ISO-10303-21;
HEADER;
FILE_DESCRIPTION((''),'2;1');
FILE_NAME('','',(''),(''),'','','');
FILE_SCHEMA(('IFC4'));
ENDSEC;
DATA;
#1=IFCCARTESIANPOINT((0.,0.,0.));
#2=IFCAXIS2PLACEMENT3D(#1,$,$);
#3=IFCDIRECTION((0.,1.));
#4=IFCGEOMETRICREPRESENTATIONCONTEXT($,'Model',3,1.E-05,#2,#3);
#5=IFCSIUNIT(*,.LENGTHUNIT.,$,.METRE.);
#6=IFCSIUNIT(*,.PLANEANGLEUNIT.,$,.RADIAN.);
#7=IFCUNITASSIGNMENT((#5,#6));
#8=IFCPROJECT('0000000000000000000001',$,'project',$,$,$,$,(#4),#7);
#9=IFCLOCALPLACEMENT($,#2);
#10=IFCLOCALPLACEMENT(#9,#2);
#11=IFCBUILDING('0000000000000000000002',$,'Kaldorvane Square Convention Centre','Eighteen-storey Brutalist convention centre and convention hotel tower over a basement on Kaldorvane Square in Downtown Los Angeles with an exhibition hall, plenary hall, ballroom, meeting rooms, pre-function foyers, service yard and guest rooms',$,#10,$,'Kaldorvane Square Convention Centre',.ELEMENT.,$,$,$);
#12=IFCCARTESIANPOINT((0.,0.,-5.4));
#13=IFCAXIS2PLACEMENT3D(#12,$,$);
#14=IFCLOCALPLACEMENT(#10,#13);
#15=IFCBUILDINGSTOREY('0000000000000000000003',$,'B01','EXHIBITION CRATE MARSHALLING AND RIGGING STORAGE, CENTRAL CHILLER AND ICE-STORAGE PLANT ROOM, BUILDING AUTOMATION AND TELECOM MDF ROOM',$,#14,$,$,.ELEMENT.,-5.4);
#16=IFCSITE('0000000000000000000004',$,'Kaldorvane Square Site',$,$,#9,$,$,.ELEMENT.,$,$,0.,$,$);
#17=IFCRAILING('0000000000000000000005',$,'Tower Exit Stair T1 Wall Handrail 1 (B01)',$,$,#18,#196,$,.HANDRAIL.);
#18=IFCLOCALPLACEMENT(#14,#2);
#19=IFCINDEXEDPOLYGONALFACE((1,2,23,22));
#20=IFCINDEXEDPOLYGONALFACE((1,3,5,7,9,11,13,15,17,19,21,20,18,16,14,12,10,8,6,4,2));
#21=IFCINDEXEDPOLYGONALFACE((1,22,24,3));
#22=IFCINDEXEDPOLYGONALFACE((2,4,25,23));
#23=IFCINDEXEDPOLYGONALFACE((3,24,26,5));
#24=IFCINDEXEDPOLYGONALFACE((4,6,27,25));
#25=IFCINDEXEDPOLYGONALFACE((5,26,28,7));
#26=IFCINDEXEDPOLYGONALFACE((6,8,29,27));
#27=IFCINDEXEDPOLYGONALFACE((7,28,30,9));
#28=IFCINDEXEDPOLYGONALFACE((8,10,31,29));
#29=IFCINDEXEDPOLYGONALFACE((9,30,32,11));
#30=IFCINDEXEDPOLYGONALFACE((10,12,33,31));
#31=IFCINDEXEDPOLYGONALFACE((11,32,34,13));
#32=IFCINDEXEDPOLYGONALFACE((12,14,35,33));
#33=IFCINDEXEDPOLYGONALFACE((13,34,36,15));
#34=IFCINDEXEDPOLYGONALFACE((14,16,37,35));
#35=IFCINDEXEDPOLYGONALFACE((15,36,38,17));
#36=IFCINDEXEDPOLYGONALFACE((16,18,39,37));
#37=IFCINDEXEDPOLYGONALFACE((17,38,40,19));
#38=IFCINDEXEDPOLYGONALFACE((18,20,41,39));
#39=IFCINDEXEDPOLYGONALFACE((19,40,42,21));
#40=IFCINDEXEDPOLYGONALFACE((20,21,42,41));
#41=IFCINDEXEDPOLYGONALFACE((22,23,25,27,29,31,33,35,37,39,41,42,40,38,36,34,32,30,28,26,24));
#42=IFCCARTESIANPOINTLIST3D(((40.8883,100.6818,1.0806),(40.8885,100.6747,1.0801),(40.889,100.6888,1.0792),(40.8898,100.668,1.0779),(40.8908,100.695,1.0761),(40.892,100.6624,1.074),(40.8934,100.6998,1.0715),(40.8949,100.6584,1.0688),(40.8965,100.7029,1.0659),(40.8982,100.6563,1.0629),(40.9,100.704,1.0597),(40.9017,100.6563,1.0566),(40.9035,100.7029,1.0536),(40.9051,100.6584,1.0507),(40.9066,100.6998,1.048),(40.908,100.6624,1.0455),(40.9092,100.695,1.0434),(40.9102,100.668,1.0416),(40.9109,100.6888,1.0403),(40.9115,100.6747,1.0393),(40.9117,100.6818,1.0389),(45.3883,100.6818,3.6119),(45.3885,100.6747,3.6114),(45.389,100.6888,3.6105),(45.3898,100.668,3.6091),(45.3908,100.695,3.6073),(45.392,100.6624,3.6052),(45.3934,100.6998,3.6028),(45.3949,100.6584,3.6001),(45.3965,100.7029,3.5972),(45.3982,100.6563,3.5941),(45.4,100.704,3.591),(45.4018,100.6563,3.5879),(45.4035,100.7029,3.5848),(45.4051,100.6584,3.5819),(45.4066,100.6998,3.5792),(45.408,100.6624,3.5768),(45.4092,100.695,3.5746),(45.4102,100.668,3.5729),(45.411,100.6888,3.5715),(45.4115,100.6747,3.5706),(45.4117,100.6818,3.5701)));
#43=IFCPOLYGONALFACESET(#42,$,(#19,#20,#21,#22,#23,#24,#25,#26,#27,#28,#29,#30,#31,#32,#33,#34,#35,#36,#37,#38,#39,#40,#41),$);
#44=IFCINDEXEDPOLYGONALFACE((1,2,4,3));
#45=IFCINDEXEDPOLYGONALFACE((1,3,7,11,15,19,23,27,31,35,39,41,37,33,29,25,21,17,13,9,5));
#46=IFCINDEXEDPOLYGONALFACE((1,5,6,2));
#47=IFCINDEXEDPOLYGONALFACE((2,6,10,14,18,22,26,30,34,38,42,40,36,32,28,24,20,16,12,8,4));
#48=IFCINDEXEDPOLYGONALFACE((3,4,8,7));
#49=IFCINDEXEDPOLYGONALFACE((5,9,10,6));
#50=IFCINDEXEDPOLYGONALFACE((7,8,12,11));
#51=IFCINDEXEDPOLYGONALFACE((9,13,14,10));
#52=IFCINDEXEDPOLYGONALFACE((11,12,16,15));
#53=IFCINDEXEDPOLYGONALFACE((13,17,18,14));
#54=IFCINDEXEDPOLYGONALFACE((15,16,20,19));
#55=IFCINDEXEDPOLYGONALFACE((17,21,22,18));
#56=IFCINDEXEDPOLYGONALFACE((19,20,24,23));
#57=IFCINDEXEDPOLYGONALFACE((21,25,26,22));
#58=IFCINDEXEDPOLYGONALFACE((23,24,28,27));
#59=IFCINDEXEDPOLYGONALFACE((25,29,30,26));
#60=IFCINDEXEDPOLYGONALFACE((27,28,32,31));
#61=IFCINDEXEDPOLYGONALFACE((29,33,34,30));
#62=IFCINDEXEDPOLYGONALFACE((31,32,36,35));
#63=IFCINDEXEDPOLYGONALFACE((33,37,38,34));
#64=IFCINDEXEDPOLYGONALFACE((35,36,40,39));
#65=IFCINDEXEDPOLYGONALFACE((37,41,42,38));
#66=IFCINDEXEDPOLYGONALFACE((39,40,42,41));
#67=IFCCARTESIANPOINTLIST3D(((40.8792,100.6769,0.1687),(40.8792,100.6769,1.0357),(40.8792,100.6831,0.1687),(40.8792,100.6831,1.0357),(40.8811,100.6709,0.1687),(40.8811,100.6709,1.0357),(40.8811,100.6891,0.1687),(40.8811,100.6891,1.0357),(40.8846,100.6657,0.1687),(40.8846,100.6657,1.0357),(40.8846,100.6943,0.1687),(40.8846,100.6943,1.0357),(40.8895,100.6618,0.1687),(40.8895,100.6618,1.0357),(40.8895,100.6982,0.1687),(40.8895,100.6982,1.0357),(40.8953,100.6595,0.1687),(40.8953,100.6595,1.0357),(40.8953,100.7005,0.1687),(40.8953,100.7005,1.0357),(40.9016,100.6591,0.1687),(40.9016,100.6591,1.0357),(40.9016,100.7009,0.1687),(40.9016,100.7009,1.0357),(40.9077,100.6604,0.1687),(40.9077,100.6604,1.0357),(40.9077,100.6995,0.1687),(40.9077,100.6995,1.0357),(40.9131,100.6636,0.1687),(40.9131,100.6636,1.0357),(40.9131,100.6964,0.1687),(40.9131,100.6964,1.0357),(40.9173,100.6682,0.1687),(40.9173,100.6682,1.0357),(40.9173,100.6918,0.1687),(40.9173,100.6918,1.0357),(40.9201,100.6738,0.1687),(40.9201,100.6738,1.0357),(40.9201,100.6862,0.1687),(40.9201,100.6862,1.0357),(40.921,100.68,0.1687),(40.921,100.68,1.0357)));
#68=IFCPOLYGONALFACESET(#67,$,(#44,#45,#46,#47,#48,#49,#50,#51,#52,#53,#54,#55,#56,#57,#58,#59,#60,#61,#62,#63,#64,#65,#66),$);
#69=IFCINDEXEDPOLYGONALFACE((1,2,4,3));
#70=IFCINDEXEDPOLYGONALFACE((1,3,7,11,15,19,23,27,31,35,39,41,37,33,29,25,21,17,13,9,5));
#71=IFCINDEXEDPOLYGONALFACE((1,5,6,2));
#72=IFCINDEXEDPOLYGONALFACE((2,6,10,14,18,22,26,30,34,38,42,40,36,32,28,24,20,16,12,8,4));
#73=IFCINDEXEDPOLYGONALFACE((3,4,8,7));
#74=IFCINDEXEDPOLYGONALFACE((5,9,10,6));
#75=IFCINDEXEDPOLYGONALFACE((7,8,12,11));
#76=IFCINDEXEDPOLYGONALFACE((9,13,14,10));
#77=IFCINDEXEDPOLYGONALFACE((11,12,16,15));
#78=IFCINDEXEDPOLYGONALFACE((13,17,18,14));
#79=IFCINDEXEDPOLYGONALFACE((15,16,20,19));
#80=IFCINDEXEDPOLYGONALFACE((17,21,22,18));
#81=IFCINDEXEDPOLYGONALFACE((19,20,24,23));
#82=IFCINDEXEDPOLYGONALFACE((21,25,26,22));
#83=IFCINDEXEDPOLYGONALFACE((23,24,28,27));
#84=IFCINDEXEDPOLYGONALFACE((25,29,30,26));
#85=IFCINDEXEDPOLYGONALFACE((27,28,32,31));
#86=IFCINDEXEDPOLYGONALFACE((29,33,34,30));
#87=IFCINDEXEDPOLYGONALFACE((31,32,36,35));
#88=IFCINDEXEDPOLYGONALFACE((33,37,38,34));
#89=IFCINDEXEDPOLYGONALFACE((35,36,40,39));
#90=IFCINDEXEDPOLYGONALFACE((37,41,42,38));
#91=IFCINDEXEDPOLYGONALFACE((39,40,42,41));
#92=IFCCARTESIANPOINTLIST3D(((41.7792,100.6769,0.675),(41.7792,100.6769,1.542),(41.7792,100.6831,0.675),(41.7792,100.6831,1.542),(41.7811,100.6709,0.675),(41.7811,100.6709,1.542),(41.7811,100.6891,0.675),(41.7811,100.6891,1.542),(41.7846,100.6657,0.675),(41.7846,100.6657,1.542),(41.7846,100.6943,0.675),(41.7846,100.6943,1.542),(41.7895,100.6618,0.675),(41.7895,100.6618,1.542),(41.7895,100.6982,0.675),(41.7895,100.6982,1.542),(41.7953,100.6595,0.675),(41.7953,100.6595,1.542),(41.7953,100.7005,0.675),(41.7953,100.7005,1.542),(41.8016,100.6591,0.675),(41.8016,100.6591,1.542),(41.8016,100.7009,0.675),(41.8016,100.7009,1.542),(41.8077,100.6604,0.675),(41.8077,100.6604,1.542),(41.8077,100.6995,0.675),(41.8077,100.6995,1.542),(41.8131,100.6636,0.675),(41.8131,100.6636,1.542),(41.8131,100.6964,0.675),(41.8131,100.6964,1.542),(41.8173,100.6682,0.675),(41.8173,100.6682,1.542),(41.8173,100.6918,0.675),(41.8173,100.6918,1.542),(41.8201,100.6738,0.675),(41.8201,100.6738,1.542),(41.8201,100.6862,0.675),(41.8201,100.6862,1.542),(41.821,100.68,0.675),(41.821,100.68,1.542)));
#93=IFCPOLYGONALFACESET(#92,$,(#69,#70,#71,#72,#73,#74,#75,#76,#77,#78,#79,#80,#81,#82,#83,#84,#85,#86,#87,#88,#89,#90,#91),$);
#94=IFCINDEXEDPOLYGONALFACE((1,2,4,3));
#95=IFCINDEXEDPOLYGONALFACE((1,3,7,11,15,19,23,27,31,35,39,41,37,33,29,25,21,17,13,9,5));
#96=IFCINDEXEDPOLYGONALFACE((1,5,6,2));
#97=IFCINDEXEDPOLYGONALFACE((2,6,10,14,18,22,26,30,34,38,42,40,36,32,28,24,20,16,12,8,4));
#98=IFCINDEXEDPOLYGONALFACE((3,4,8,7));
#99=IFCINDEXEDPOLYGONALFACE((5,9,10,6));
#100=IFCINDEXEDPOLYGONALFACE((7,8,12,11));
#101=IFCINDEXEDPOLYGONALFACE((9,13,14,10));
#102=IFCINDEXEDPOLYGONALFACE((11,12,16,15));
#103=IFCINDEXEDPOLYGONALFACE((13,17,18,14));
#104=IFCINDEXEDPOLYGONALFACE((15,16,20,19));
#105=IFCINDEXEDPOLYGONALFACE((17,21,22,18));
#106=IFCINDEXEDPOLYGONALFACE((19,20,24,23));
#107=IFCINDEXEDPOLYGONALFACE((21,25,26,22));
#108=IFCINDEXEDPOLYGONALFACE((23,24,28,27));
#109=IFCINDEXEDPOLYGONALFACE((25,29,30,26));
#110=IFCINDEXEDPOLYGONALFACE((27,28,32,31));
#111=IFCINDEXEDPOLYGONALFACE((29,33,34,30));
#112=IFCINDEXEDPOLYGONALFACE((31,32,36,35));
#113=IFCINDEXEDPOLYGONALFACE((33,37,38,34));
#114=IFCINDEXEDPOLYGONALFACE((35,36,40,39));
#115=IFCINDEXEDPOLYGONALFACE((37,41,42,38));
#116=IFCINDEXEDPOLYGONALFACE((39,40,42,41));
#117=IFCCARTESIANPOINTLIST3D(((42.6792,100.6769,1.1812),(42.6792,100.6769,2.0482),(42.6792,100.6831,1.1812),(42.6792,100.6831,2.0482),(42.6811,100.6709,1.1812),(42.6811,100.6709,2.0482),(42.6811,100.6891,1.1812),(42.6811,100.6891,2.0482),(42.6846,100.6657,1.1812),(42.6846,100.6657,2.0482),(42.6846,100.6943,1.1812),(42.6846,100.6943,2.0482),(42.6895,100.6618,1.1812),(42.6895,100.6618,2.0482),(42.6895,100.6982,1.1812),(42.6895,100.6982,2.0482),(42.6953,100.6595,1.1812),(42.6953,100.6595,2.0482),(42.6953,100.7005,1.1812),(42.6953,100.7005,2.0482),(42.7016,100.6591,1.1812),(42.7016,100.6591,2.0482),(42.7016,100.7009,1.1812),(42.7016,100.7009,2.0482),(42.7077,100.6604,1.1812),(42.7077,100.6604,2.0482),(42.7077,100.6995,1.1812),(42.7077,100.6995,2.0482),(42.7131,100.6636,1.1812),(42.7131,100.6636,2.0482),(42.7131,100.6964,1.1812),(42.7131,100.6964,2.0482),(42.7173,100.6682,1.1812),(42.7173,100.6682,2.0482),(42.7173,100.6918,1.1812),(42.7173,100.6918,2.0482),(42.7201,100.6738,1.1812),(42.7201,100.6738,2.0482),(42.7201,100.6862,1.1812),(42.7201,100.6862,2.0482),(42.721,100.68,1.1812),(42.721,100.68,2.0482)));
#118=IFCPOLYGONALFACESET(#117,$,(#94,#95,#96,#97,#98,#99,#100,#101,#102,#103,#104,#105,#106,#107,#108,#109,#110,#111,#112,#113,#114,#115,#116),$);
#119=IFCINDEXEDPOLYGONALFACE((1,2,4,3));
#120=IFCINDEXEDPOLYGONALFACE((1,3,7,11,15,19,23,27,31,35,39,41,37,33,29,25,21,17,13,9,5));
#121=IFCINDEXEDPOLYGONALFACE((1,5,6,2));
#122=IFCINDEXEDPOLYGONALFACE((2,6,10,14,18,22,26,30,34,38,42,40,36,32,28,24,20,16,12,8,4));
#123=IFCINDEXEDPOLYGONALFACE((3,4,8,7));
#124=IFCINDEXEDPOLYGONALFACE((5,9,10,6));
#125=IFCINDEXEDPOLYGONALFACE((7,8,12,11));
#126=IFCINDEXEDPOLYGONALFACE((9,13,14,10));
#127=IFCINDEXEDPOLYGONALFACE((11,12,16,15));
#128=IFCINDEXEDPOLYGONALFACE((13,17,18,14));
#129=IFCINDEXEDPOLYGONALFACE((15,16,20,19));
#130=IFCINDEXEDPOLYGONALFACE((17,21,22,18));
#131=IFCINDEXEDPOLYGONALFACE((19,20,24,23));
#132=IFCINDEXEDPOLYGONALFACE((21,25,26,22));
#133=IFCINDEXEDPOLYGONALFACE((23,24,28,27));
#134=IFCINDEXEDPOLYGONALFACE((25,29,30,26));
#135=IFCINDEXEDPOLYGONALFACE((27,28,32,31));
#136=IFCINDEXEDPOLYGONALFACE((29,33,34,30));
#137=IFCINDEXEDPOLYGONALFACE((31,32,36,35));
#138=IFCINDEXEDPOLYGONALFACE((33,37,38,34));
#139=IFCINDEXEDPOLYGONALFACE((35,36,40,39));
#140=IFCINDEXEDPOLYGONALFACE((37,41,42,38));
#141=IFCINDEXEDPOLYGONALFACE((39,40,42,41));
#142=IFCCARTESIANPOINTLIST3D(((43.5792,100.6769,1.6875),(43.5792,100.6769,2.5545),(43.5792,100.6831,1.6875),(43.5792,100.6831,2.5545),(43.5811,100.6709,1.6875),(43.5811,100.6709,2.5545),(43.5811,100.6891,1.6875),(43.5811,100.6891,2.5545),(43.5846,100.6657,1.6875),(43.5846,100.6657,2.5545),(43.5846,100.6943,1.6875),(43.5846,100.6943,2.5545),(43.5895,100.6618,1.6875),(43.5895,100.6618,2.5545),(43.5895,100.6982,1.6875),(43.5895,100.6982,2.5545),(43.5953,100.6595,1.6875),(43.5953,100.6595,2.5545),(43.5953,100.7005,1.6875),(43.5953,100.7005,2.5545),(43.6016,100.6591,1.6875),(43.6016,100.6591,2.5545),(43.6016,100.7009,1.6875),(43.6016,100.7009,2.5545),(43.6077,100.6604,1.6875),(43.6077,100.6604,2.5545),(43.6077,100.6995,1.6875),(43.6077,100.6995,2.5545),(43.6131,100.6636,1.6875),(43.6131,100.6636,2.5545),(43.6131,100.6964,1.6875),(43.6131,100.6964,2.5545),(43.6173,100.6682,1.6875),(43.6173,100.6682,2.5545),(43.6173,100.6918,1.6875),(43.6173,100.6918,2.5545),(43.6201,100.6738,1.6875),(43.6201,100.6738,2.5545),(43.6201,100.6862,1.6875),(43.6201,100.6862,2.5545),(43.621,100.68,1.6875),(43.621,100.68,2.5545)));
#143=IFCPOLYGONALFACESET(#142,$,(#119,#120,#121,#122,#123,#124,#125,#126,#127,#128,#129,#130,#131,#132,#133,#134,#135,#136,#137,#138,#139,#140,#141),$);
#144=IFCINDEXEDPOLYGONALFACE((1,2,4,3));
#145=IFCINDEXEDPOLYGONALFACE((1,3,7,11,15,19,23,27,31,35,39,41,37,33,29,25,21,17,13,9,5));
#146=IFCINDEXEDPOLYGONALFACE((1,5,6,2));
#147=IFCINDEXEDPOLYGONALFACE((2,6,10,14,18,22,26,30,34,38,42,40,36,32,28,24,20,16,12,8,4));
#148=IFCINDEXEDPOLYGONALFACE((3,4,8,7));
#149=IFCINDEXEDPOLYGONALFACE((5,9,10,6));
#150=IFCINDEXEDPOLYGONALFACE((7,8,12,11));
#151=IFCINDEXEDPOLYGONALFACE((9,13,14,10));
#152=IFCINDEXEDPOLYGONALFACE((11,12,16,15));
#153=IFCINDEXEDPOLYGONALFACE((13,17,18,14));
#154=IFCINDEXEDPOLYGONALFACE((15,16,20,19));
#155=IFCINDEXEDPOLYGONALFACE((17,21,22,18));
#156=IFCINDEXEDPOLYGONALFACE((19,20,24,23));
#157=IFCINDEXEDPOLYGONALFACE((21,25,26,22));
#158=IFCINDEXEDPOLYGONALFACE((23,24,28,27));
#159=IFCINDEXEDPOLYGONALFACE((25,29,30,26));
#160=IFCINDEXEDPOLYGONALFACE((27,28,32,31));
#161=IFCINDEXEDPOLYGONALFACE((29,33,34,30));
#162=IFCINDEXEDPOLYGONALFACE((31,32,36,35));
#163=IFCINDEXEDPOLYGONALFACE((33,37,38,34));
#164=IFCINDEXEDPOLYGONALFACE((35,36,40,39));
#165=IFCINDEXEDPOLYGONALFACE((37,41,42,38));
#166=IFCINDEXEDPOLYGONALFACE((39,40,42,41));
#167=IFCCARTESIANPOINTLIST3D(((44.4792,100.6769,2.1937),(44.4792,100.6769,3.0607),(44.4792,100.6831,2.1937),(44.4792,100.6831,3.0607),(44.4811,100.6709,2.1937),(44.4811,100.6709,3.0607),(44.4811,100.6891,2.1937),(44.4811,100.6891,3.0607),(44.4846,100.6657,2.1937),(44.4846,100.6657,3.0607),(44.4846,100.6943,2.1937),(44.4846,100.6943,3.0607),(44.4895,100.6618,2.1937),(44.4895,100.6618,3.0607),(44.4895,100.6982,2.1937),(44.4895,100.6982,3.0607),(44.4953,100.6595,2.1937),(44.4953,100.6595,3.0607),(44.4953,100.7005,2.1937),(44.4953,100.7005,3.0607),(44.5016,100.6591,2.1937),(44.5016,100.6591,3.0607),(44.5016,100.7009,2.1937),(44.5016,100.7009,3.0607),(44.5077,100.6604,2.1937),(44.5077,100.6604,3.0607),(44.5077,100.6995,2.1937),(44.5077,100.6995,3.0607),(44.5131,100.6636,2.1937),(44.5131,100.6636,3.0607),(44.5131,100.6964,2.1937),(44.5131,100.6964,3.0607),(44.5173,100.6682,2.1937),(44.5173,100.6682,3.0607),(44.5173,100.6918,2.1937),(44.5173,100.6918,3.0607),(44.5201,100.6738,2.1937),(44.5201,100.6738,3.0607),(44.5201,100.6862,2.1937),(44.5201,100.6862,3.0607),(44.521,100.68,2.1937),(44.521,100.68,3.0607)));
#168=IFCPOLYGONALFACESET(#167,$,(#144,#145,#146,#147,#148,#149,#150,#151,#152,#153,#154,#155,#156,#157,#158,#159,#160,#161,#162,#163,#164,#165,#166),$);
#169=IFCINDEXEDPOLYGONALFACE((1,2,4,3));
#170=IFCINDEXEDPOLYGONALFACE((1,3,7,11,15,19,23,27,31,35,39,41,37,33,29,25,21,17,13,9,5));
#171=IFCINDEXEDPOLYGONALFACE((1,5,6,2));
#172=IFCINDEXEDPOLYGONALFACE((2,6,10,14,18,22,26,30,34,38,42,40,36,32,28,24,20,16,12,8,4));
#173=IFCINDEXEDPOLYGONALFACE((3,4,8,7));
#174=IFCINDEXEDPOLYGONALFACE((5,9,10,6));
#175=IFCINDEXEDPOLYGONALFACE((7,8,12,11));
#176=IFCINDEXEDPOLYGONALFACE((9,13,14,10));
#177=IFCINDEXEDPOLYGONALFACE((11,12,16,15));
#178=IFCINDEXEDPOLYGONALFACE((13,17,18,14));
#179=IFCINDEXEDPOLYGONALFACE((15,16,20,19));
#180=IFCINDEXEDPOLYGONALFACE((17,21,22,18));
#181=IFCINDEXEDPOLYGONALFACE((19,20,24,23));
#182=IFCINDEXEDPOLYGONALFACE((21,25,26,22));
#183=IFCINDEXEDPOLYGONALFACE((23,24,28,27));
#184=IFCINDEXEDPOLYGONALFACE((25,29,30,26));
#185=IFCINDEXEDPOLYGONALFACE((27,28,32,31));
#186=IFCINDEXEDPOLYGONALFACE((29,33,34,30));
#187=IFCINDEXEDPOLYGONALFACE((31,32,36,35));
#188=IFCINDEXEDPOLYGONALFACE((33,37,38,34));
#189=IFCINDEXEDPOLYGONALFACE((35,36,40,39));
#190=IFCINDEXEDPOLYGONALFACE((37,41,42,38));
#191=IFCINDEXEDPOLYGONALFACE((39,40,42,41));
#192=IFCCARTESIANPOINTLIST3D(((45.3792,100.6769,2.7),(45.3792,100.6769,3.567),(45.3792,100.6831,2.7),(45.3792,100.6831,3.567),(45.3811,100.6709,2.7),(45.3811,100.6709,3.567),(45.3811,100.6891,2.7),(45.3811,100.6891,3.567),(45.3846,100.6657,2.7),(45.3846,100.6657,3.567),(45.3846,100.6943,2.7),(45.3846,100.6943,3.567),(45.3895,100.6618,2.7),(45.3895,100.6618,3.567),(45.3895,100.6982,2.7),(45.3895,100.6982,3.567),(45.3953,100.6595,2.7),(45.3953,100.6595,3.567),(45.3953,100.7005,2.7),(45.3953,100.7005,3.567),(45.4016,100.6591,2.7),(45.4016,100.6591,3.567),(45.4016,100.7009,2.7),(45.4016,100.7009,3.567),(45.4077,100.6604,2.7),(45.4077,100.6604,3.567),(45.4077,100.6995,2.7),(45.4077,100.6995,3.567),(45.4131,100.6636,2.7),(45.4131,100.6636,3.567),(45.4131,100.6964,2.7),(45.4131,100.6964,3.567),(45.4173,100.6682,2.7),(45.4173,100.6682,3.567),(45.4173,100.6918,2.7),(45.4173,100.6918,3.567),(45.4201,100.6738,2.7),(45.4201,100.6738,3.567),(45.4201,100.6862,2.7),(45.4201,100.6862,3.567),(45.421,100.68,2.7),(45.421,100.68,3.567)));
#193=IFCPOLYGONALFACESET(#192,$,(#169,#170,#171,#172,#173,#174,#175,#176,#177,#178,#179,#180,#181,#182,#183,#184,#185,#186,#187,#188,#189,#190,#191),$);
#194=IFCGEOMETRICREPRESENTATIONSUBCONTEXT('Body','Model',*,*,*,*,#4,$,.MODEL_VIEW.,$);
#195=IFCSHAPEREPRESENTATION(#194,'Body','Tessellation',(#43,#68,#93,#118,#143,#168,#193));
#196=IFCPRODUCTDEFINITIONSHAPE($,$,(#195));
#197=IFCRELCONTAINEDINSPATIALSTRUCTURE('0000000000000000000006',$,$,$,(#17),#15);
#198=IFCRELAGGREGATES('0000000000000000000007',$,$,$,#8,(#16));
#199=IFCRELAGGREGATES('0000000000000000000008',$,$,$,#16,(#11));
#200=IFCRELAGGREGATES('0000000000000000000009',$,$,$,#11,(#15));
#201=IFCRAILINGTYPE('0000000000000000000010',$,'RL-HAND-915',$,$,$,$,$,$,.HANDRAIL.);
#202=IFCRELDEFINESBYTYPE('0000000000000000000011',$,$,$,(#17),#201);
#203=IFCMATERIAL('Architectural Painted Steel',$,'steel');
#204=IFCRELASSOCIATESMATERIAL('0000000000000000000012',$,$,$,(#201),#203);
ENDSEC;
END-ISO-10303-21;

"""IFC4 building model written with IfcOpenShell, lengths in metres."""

from ifc_helpers import new_model, si_unit, direction, frame, origin, origin_2d, place, context, subcontext, project, spatial, circle, extrude, material, type_object, element, save


model = new_model("IFC4")

# Units and contexts
model_context = context("Model", 3, precision=1e-05, world=origin(), true_north=direction((0.0, 1.0)))
body_context = subcontext(model_context, "Body", "Model", "MODEL_VIEW")
ifc_project = project(units=[si_unit("LENGTHUNIT", "METRE"), si_unit("PLANEANGLEUNIT", "RADIAN")], contexts=[model_context])

# Site, building, storey
site_placement = place(None, origin())
site = spatial("IfcSite", under=ifc_project, at=site_placement, Name="Kaldorvane Square Site", CompositionType="ELEMENT", RefElevation=0.0)
building_placement = place(site_placement, origin())
building = spatial("IfcBuilding", under=site, at=building_placement, Name="Kaldorvane Square Convention Centre", Description="Eighteen-storey Brutalist convention centre and convention hotel tower over a basement on Kaldorvane Square in Downtown Los Angeles with an exhibition hall, plenary hall, ballroom, meeting rooms, pre-function foyers, service yard and guest rooms", LongName="Kaldorvane Square Convention Centre", CompositionType="ELEMENT")
storey_placement = place(building_placement, frame((0.0, 0.0, -5.4)))
storey = spatial("IfcBuildingStorey", under=building, at=storey_placement, Name="B01", Description="EXHIBITION CRATE MARSHALLING AND RIGGING STORAGE, CENTRAL CHILLER AND ICE-STORAGE PLANT ROOM, BUILDING AUTOMATION AND TELECOM MDF ROOM", CompositionType="ELEMENT", Elevation=-5.4)

# Railing
ifc_material_1 = material(Name="Architectural Painted Steel", Category="steel")
railing_type_1 = type_object("IfcRailingType", Name="RL-HAND-915", PredefinedType="HANDRAIL", material=ifc_material_1)
railing_1_placement = place(storey_placement, frame((40.9, 100.68, 0.1687)))
element("IfcRailing", 1, at=railing_1_placement, inside=storey, type_object=railing_type_1, Name="Tower Exit Stair T1 Wall Handrail 1 (B01)", PredefinedType="HANDRAIL", context=body_context, shape_type="SweptSolid", body=[
    extrude(circle(Radius=0.024, at=origin_2d()), frame((0.0, 0.0, 0.891), z_axis=(0.871576, 0.0, 0.490261), x_axis=(0.0, 1.0, 0.0)), (0.0, 0.0, 1.0), 5.1631),
    extrude(circle(Radius=0.021, at=origin_2d()), origin(), (0.0, 0.0, 1.0), 0.867),
    extrude(circle(Radius=0.021, at=origin_2d()), frame((0.9, 0.0, 0.5063)), (0.0, 0.0, 1.0), 0.867),
    extrude(circle(Radius=0.021, at=origin_2d()), frame((1.8, 0.0, 1.0125)), (0.0, 0.0, 1.0), 0.867),
    extrude(circle(Radius=0.021, at=origin_2d()), frame((2.7, 0.0, 1.5188)), (0.0, 0.0, 1.0), 0.867),
    extrude(circle(Radius=0.021, at=origin_2d()), frame((3.6, 0.0, 2.025)), (0.0, 0.0, 1.0), 0.867),
    extrude(circle(Radius=0.021, at=origin_2d()), frame((4.5, 0.0, 2.5312)), (0.0, 0.0, 1.0), 0.867),
])

save(model, "model.ifc")
